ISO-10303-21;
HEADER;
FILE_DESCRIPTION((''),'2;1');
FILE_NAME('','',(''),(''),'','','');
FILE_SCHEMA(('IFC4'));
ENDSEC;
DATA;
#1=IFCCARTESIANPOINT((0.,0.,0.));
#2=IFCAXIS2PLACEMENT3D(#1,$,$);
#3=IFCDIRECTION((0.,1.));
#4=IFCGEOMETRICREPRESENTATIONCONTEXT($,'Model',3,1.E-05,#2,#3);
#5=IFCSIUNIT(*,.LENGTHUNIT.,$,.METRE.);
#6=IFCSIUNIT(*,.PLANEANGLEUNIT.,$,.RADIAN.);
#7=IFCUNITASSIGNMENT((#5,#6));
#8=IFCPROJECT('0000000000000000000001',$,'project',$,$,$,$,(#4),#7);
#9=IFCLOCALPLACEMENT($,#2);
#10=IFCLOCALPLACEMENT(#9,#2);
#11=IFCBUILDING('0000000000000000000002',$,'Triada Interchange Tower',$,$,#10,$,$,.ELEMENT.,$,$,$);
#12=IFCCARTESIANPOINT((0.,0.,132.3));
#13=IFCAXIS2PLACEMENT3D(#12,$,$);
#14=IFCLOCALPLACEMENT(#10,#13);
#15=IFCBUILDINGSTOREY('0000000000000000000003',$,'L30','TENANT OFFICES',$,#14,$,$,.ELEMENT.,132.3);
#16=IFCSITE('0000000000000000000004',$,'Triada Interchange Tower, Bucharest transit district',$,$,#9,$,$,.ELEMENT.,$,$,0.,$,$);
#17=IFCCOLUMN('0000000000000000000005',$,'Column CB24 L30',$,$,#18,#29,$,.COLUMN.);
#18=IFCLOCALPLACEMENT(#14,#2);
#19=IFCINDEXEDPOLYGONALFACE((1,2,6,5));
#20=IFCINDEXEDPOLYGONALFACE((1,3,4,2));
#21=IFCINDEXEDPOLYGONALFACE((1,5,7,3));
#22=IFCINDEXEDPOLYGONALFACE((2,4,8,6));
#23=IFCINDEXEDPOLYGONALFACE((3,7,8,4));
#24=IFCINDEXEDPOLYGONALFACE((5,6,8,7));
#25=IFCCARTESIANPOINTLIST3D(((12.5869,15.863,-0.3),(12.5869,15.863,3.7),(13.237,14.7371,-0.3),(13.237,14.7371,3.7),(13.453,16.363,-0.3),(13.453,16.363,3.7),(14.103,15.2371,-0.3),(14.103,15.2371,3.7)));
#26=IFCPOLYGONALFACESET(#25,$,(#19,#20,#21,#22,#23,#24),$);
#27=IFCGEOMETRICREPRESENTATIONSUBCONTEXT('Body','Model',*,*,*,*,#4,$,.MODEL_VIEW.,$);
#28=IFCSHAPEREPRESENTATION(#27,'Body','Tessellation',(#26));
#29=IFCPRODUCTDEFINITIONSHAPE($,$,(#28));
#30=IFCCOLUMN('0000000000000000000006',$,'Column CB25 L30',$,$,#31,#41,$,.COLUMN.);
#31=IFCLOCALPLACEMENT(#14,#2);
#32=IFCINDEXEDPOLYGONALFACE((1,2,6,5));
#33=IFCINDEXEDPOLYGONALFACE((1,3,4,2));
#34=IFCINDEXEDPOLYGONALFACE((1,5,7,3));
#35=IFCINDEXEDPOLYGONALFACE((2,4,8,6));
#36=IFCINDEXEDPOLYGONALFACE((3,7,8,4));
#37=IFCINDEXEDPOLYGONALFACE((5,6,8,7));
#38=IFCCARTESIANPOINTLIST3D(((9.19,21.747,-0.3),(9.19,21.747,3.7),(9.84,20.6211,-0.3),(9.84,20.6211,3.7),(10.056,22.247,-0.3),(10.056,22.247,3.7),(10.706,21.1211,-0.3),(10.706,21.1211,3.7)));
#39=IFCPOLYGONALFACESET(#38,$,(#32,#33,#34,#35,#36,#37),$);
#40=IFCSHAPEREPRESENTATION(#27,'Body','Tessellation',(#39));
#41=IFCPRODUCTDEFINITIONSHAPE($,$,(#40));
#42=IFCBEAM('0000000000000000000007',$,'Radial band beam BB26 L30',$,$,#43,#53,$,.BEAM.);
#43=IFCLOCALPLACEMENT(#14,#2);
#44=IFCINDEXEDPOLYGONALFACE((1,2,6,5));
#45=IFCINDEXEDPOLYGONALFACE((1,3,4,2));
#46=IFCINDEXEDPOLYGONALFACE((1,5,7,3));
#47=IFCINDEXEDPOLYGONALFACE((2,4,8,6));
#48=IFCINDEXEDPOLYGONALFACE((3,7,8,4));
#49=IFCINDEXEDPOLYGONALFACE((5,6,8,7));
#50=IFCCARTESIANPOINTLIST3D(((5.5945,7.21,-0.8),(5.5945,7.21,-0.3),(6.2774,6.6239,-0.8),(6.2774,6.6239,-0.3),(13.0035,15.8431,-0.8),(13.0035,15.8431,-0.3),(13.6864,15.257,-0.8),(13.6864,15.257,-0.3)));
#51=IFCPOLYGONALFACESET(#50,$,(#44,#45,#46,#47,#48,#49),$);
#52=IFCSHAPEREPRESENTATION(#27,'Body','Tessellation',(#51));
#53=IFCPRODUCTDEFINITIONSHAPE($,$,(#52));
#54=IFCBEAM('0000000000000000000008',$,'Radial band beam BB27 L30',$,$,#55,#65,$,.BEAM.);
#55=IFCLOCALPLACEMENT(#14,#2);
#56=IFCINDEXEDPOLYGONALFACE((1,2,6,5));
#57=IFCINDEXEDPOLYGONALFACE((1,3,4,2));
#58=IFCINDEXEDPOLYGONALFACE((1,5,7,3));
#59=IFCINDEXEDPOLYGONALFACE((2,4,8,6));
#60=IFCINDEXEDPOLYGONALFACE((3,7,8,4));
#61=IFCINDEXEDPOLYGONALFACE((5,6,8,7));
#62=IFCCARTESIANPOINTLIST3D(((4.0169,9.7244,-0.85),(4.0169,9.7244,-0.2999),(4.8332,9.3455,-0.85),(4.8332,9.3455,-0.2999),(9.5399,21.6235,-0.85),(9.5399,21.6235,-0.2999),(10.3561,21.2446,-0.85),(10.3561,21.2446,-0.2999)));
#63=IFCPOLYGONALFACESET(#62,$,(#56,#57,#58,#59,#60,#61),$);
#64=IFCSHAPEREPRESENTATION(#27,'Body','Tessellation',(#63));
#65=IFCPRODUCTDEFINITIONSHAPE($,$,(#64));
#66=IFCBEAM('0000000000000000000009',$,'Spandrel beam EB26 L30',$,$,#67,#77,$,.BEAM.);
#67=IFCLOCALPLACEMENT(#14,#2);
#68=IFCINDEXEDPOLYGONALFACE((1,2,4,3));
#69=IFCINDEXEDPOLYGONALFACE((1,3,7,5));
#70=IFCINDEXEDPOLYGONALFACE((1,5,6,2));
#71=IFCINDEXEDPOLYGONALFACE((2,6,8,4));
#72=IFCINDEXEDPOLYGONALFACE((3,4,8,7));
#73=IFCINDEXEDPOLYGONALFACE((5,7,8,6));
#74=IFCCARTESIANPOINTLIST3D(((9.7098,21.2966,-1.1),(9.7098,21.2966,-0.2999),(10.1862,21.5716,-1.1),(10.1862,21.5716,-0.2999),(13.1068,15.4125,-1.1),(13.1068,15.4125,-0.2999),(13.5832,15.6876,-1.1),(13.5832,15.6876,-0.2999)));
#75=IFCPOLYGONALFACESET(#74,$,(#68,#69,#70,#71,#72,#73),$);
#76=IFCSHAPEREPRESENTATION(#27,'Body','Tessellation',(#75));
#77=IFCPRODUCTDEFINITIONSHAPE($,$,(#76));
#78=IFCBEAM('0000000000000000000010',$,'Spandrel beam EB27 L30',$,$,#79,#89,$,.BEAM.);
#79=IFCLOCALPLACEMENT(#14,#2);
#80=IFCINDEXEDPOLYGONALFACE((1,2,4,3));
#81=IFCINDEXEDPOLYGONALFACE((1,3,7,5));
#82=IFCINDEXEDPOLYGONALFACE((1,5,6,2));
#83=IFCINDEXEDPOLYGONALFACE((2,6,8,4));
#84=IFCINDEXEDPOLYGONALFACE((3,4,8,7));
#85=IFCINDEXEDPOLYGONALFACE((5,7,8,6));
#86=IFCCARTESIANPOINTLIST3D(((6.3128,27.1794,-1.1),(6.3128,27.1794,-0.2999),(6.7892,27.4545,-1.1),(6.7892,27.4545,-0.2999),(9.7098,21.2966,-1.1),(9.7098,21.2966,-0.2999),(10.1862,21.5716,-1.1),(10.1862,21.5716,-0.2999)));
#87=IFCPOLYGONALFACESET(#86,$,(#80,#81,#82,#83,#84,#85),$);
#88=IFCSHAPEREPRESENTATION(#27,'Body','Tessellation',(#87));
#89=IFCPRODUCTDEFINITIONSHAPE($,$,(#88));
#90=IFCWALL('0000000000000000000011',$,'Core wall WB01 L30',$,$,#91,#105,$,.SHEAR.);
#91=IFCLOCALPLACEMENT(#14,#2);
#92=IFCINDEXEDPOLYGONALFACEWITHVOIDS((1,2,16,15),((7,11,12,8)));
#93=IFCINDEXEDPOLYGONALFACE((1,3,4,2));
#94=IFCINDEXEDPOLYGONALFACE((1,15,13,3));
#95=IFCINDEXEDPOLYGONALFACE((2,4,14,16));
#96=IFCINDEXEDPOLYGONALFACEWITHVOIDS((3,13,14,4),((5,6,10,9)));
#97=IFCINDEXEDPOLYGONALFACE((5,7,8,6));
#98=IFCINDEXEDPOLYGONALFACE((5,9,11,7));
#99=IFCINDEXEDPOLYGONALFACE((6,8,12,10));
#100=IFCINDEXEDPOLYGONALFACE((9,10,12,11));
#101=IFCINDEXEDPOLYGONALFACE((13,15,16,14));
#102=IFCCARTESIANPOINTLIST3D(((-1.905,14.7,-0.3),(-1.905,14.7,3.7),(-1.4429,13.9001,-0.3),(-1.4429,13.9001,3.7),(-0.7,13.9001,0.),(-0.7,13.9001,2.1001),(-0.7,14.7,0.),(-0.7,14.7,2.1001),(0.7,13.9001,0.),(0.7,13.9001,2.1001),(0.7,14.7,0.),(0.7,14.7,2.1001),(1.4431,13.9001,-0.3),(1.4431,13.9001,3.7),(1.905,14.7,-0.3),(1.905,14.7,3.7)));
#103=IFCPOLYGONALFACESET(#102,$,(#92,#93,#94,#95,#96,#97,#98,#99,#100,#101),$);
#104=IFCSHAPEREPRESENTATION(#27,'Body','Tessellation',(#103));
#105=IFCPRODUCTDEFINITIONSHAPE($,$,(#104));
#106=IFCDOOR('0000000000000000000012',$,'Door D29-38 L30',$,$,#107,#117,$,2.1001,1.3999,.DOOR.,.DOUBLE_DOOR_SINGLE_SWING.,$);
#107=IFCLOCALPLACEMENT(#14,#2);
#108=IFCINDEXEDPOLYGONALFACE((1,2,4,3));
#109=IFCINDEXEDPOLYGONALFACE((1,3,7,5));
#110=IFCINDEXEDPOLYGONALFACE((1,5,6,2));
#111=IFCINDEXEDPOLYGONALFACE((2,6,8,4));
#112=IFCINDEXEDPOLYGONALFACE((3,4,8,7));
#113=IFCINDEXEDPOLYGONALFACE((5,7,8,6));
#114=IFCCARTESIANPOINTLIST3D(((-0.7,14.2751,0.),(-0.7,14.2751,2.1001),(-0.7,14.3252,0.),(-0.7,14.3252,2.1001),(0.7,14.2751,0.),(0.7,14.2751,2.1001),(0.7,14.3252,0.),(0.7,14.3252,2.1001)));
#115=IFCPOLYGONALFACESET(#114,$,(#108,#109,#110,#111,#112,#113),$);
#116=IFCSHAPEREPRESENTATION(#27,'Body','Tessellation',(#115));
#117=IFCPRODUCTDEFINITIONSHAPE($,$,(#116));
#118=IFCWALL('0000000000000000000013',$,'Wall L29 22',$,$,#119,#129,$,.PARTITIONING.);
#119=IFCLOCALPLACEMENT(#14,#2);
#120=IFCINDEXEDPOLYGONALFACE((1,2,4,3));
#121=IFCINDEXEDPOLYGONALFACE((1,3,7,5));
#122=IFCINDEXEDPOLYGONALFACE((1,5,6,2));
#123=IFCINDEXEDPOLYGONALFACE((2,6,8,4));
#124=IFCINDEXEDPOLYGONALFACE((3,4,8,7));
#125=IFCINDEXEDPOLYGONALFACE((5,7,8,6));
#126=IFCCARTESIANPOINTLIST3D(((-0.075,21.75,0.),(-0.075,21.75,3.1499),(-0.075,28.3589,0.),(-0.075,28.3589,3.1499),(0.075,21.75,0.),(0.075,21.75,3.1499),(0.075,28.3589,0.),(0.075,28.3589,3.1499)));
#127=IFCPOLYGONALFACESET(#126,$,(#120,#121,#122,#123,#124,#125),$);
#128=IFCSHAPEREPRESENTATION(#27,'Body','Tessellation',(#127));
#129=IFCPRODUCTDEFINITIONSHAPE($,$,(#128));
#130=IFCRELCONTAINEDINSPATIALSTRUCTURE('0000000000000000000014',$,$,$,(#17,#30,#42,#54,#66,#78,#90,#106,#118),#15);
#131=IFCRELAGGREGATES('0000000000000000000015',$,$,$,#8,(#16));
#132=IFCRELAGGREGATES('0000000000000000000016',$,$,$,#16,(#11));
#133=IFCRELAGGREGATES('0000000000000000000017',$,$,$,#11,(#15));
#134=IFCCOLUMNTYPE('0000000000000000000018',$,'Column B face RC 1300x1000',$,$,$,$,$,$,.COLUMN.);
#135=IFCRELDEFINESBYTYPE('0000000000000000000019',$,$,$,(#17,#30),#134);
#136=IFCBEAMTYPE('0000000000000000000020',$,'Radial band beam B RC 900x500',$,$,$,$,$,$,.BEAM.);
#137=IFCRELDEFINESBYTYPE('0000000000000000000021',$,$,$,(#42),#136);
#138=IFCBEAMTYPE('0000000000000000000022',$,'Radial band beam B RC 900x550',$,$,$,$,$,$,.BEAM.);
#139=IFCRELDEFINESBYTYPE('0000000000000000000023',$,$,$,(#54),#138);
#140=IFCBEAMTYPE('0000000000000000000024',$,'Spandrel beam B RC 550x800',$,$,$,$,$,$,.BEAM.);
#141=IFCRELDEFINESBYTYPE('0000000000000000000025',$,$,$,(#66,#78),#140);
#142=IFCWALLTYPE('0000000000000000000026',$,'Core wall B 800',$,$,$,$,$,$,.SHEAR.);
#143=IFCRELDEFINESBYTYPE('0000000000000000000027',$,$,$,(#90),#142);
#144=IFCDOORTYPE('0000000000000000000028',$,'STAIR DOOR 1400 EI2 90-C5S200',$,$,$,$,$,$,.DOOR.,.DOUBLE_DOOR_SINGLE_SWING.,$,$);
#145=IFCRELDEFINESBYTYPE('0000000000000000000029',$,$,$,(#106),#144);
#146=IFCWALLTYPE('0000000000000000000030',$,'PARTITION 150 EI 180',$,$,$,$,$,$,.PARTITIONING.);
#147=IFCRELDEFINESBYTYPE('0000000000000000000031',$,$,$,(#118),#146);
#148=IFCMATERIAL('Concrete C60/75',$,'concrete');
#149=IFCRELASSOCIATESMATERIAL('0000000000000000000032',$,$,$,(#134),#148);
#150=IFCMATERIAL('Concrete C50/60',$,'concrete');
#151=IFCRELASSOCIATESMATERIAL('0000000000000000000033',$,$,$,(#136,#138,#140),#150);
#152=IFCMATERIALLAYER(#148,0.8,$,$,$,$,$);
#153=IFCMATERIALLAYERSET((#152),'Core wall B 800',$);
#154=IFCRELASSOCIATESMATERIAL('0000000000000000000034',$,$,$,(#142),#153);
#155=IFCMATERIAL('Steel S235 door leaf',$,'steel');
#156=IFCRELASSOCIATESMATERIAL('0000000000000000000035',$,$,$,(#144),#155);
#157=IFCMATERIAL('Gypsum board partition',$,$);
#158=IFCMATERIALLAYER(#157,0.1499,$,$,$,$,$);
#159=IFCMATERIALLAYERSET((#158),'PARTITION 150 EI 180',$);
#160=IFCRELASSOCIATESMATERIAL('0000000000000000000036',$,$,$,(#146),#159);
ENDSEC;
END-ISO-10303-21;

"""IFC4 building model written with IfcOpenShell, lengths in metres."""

from ifc_helpers import new_model, si_unit, direction, frame, frame_2d, origin, origin_2d, place, context, subcontext, project, spatial, polyline, rectangle, outline, extrude, material, layer, layer_set, material_profile, profile_set, type_object, element, fill, save


model = new_model("IFC4")

# Units and contexts
model_context = context("Model", 3, precision=1e-05, world=origin(), true_north=direction((0.0, 1.0)))
body_context = subcontext(model_context, "Body", "Model", "MODEL_VIEW")
ifc_project = project(units=[si_unit("LENGTHUNIT", "METRE"), si_unit("PLANEANGLEUNIT", "RADIAN")], contexts=[model_context])

# Site, building, storey
site_placement = place(None, origin())
site = spatial("IfcSite", under=ifc_project, at=site_placement, Name="Triada Interchange Tower, Bucharest transit district", CompositionType="ELEMENT", RefElevation=0.0)
building_placement = place(site_placement, origin())
building = spatial("IfcBuilding", under=site, at=building_placement, Name="Triada Interchange Tower", CompositionType="ELEMENT")
storey_placement = place(building_placement, frame((0.0, 0.0, 132.3)))
storey = spatial("IfcBuildingStorey", under=building, at=storey_placement, Name="L30", Description="TENANT OFFICES", CompositionType="ELEMENT", Elevation=132.3)

# Columns
ifc_material_1 = material(Name="Concrete C60/75", Category="concrete")
ifc_material_profile_1 = material_profile(ifc_material_1, rectangle(XDim=1.3, YDim=1.0, at=origin_2d()), Name="RC 1300x1000")
ifc_profile_set_1 = profile_set([ifc_material_profile_1], Name="Concrete C60/75")
column_type = type_object("IfcColumnType", Name="Column B face RC 1300x1000", PredefinedType="COLUMN", material=ifc_profile_set_1)
for number, where, z_axis, x_axis, name in (
    (1, (13.345, 15.55, -0.3), (0.0, 0.0, 1.0), (-0.5, 0.866025, 0.0), "Column CB24 L30"),
    (2, (9.948, 21.4341, -0.3), (0.0, 0.0, 1.0), (-0.5, 0.866025, 0.0), "Column CB25 L30"),
):
    element("IfcColumn", number, at=place(storey_placement, frame(where, z_axis=z_axis, x_axis=x_axis)), inside=storey, type_object=column_type, Name=name, PredefinedType="COLUMN", context=body_context, shape_type="SweptSolid", body=[
        extrude(rectangle(XDim=1.3, YDim=1.0, at=origin_2d()), origin(), (0.0, 0.0, 1.0), 4.0),
    ])

# Beams
ifc_material_2 = material(Name="Concrete C50/60", Category="concrete")
ifc_material_profile_2 = material_profile(ifc_material_2, rectangle(XDim=0.8999, YDim=0.5, at=origin_2d()), Name="RC 900x500")
ifc_profile_set_2 = profile_set([ifc_material_profile_2], Name="Concrete C50/60")
beam_type_1 = type_object("IfcBeamType", Name="Radial band beam B RC 900x500", PredefinedType="BEAM", material=ifc_profile_set_2)
beam_1_placement = place(storey_placement, frame((13.345, 15.55, -0.55), z_axis=(-0.651256, -0.758858, 0.0), x_axis=(0.758858, -0.651256, 0.0)))
element("IfcBeam", 3, at=beam_1_placement, inside=storey, type_object=beam_type_1, Name="Radial band beam BB26 L30", PredefinedType="BEAM", context=body_context, shape_type="SweptSolid", body=[
    extrude(rectangle(XDim=0.8999, YDim=0.5, at=origin_2d()), origin(), (0.0, 0.0, 1.0), 11.3765),
])
ifc_material_profile_3 = material_profile(ifc_material_2, rectangle(XDim=0.8999, YDim=0.55, at=origin_2d()), Name="RC 900x550")
ifc_profile_set_3 = profile_set([ifc_material_profile_3], Name="Concrete C50/60")
beam_type_2 = type_object("IfcBeamType", Name="Radial band beam B RC 900x550", PredefinedType="BEAM", material=ifc_profile_set_3)
beam_2_placement = place(storey_placement, frame((9.948, 21.4341, -0.575), z_axis=(-0.421007, -0.907057, 0.0), x_axis=(0.907057, -0.421007, 0.0)))
element("IfcBeam", 4, at=beam_2_placement, inside=storey, type_object=beam_type_2, Name="Radial band beam BB27 L30", PredefinedType="BEAM", context=body_context, shape_type="SweptSolid", body=[
    extrude(rectangle(XDim=0.8999, YDim=0.55, at=origin_2d()), origin(), (0.0, 0.0, 1.0), 13.1184),
])
ifc_material_profile_4 = material_profile(ifc_material_2, rectangle(XDim=0.55, YDim=0.8, at=origin_2d()), Name="RC 550x800")
ifc_profile_set_4 = profile_set([ifc_material_profile_4], Name="Concrete C50/60")
beam_type_3 = type_object("IfcBeamType", Name="Spandrel beam B RC 550x800", PredefinedType="BEAM", material=ifc_profile_set_4)
beam_3_placement = place(storey_placement, frame((13.345, 15.55, -0.7), z_axis=(-0.499981, 0.866037, 0.0), x_axis=(-0.866037, -0.499981, 0.0)))
element("IfcBeam", 5, at=beam_3_placement, inside=storey, type_object=beam_type_3, Name="Spandrel beam EB26 L30", PredefinedType="BEAM", context=body_context, shape_type="SweptSolid", body=[
    extrude(rectangle(XDim=0.55, YDim=0.8, at=origin_2d()), origin(), (0.0, 0.0, 1.0), 6.7942),
])
beam_4_placement = place(storey_placement, frame((9.948, 21.4341, -0.7), z_axis=(-0.500058, 0.865992, 0.0), x_axis=(-0.865992, -0.500058, 0.0)))
element("IfcBeam", 6, at=beam_4_placement, inside=storey, type_object=beam_type_3, Name="Spandrel beam EB27 L30", PredefinedType="BEAM", context=body_context, shape_type="SweptSolid", body=[
    extrude(rectangle(XDim=0.55, YDim=0.8, at=origin_2d()), origin(), (0.0, 0.0, 1.0), 6.7932),
])

# Wall, opening, door
ifc_layer_1 = layer(ifc_material_1, 0.8)
ifc_layer_set_1 = layer_set([ifc_layer_1], Name="Core wall B 800")
wall_type_1 = type_object("IfcWallType", Name="Core wall B 800", PredefinedType="SHEAR", material=ifc_layer_set_1)
wall_1_placement = place(storey_placement, frame((1.6741, 14.3, -0.3), z_axis=(0.0, 0.0, 1.0), x_axis=(-1.0, 0.0, 0.0)))
wall_1 = element("IfcWall", 7, at=wall_1_placement, inside=storey, type_object=wall_type_1, Name="Core wall WB01 L30", PredefinedType="SHEAR", context=body_context, shape_type="SweptSolid", body=[
    extrude(outline(polyline([(-0.231, -0.3999), (1.6741, -0.3999), (3.5791, -0.3999), (3.1169, 0.3999), (1.6738, 0.3999), (0.231, 0.3999), (-0.231, -0.3999)])), origin(), (0.0, 0.0, 1.0), 4.0),
])
opening_1_placement = place(wall_1_placement, frame((0.9741, 0.0, 0.3)))
opening_1 = element("IfcOpeningElement", 8, at=opening_1_placement, cuts=wall_1, PredefinedType="OPENING", context=body_context, shape_type="SweptSolid", body=[
    extrude(rectangle(XDim=1.3999, YDim=2.1001, at=frame_2d((0.7, 1.05))), frame((0.0, 0.4099, 0.0), z_axis=(0.0, -1.0, 0.0), x_axis=(1.0, 0.0, 0.0)), (0.0, 0.0, 1.0), 0.8201),
])
ifc_material_3 = material(Name="Steel S235 door leaf", Category="steel")
door_type_1 = type_object("IfcDoorType", Name="STAIR DOOR 1400 EI2 90-C5S200", OperationType="DOUBLE_DOOR_SINGLE_SWING", PredefinedType="DOOR", material=ifc_material_3)
door_1_placement = place(opening_1_placement, origin())
door_1 = element("IfcDoor", 9, at=door_1_placement, inside=storey, type_object=door_type_1, Name="Door D29-38 L30", OperationType="DOUBLE_DOOR_SINGLE_SWING", OverallHeight=2.1001, OverallWidth=1.3999, PredefinedType="DOOR", context=body_context, shape_type="SweptSolid", body=[
    extrude(rectangle(XDim=1.3999, YDim=2.1001, at=frame_2d((0.7, 1.05))), frame((0.0, 0.0249, 0.0), z_axis=(0.0, -1.0, 0.0), x_axis=(1.0, 0.0, 0.0)), (0.0, 0.0, 1.0), 0.05),
])
fill(opening_1, door_1)

# Wall
ifc_material_4 = material(Name="Gypsum board partition")
ifc_layer_2 = layer(ifc_material_4, 0.1499)
ifc_layer_set_2 = layer_set([ifc_layer_2], Name="PARTITION 150 EI 180")
wall_type_2 = type_object("IfcWallType", Name="PARTITION 150 EI 180", PredefinedType="PARTITIONING", material=ifc_layer_set_2)
wall_2_placement = place(storey_placement, frame((0.0, 21.75, 0.0), z_axis=(0.0, 0.0, 1.0), x_axis=(0.0, 1.0, 0.0)))
element("IfcWall", 10, at=wall_2_placement, inside=storey, type_object=wall_type_2, Name="Wall L29 22", PredefinedType="PARTITIONING", context=body_context, shape_type="SweptSolid", body=[
    extrude(rectangle(XDim=6.6089, YDim=0.1499, at=frame_2d((3.3044, 0.0))), origin(), (0.0, 0.0, 1.0), 3.1499),
])

save(model, "model.ifc")
